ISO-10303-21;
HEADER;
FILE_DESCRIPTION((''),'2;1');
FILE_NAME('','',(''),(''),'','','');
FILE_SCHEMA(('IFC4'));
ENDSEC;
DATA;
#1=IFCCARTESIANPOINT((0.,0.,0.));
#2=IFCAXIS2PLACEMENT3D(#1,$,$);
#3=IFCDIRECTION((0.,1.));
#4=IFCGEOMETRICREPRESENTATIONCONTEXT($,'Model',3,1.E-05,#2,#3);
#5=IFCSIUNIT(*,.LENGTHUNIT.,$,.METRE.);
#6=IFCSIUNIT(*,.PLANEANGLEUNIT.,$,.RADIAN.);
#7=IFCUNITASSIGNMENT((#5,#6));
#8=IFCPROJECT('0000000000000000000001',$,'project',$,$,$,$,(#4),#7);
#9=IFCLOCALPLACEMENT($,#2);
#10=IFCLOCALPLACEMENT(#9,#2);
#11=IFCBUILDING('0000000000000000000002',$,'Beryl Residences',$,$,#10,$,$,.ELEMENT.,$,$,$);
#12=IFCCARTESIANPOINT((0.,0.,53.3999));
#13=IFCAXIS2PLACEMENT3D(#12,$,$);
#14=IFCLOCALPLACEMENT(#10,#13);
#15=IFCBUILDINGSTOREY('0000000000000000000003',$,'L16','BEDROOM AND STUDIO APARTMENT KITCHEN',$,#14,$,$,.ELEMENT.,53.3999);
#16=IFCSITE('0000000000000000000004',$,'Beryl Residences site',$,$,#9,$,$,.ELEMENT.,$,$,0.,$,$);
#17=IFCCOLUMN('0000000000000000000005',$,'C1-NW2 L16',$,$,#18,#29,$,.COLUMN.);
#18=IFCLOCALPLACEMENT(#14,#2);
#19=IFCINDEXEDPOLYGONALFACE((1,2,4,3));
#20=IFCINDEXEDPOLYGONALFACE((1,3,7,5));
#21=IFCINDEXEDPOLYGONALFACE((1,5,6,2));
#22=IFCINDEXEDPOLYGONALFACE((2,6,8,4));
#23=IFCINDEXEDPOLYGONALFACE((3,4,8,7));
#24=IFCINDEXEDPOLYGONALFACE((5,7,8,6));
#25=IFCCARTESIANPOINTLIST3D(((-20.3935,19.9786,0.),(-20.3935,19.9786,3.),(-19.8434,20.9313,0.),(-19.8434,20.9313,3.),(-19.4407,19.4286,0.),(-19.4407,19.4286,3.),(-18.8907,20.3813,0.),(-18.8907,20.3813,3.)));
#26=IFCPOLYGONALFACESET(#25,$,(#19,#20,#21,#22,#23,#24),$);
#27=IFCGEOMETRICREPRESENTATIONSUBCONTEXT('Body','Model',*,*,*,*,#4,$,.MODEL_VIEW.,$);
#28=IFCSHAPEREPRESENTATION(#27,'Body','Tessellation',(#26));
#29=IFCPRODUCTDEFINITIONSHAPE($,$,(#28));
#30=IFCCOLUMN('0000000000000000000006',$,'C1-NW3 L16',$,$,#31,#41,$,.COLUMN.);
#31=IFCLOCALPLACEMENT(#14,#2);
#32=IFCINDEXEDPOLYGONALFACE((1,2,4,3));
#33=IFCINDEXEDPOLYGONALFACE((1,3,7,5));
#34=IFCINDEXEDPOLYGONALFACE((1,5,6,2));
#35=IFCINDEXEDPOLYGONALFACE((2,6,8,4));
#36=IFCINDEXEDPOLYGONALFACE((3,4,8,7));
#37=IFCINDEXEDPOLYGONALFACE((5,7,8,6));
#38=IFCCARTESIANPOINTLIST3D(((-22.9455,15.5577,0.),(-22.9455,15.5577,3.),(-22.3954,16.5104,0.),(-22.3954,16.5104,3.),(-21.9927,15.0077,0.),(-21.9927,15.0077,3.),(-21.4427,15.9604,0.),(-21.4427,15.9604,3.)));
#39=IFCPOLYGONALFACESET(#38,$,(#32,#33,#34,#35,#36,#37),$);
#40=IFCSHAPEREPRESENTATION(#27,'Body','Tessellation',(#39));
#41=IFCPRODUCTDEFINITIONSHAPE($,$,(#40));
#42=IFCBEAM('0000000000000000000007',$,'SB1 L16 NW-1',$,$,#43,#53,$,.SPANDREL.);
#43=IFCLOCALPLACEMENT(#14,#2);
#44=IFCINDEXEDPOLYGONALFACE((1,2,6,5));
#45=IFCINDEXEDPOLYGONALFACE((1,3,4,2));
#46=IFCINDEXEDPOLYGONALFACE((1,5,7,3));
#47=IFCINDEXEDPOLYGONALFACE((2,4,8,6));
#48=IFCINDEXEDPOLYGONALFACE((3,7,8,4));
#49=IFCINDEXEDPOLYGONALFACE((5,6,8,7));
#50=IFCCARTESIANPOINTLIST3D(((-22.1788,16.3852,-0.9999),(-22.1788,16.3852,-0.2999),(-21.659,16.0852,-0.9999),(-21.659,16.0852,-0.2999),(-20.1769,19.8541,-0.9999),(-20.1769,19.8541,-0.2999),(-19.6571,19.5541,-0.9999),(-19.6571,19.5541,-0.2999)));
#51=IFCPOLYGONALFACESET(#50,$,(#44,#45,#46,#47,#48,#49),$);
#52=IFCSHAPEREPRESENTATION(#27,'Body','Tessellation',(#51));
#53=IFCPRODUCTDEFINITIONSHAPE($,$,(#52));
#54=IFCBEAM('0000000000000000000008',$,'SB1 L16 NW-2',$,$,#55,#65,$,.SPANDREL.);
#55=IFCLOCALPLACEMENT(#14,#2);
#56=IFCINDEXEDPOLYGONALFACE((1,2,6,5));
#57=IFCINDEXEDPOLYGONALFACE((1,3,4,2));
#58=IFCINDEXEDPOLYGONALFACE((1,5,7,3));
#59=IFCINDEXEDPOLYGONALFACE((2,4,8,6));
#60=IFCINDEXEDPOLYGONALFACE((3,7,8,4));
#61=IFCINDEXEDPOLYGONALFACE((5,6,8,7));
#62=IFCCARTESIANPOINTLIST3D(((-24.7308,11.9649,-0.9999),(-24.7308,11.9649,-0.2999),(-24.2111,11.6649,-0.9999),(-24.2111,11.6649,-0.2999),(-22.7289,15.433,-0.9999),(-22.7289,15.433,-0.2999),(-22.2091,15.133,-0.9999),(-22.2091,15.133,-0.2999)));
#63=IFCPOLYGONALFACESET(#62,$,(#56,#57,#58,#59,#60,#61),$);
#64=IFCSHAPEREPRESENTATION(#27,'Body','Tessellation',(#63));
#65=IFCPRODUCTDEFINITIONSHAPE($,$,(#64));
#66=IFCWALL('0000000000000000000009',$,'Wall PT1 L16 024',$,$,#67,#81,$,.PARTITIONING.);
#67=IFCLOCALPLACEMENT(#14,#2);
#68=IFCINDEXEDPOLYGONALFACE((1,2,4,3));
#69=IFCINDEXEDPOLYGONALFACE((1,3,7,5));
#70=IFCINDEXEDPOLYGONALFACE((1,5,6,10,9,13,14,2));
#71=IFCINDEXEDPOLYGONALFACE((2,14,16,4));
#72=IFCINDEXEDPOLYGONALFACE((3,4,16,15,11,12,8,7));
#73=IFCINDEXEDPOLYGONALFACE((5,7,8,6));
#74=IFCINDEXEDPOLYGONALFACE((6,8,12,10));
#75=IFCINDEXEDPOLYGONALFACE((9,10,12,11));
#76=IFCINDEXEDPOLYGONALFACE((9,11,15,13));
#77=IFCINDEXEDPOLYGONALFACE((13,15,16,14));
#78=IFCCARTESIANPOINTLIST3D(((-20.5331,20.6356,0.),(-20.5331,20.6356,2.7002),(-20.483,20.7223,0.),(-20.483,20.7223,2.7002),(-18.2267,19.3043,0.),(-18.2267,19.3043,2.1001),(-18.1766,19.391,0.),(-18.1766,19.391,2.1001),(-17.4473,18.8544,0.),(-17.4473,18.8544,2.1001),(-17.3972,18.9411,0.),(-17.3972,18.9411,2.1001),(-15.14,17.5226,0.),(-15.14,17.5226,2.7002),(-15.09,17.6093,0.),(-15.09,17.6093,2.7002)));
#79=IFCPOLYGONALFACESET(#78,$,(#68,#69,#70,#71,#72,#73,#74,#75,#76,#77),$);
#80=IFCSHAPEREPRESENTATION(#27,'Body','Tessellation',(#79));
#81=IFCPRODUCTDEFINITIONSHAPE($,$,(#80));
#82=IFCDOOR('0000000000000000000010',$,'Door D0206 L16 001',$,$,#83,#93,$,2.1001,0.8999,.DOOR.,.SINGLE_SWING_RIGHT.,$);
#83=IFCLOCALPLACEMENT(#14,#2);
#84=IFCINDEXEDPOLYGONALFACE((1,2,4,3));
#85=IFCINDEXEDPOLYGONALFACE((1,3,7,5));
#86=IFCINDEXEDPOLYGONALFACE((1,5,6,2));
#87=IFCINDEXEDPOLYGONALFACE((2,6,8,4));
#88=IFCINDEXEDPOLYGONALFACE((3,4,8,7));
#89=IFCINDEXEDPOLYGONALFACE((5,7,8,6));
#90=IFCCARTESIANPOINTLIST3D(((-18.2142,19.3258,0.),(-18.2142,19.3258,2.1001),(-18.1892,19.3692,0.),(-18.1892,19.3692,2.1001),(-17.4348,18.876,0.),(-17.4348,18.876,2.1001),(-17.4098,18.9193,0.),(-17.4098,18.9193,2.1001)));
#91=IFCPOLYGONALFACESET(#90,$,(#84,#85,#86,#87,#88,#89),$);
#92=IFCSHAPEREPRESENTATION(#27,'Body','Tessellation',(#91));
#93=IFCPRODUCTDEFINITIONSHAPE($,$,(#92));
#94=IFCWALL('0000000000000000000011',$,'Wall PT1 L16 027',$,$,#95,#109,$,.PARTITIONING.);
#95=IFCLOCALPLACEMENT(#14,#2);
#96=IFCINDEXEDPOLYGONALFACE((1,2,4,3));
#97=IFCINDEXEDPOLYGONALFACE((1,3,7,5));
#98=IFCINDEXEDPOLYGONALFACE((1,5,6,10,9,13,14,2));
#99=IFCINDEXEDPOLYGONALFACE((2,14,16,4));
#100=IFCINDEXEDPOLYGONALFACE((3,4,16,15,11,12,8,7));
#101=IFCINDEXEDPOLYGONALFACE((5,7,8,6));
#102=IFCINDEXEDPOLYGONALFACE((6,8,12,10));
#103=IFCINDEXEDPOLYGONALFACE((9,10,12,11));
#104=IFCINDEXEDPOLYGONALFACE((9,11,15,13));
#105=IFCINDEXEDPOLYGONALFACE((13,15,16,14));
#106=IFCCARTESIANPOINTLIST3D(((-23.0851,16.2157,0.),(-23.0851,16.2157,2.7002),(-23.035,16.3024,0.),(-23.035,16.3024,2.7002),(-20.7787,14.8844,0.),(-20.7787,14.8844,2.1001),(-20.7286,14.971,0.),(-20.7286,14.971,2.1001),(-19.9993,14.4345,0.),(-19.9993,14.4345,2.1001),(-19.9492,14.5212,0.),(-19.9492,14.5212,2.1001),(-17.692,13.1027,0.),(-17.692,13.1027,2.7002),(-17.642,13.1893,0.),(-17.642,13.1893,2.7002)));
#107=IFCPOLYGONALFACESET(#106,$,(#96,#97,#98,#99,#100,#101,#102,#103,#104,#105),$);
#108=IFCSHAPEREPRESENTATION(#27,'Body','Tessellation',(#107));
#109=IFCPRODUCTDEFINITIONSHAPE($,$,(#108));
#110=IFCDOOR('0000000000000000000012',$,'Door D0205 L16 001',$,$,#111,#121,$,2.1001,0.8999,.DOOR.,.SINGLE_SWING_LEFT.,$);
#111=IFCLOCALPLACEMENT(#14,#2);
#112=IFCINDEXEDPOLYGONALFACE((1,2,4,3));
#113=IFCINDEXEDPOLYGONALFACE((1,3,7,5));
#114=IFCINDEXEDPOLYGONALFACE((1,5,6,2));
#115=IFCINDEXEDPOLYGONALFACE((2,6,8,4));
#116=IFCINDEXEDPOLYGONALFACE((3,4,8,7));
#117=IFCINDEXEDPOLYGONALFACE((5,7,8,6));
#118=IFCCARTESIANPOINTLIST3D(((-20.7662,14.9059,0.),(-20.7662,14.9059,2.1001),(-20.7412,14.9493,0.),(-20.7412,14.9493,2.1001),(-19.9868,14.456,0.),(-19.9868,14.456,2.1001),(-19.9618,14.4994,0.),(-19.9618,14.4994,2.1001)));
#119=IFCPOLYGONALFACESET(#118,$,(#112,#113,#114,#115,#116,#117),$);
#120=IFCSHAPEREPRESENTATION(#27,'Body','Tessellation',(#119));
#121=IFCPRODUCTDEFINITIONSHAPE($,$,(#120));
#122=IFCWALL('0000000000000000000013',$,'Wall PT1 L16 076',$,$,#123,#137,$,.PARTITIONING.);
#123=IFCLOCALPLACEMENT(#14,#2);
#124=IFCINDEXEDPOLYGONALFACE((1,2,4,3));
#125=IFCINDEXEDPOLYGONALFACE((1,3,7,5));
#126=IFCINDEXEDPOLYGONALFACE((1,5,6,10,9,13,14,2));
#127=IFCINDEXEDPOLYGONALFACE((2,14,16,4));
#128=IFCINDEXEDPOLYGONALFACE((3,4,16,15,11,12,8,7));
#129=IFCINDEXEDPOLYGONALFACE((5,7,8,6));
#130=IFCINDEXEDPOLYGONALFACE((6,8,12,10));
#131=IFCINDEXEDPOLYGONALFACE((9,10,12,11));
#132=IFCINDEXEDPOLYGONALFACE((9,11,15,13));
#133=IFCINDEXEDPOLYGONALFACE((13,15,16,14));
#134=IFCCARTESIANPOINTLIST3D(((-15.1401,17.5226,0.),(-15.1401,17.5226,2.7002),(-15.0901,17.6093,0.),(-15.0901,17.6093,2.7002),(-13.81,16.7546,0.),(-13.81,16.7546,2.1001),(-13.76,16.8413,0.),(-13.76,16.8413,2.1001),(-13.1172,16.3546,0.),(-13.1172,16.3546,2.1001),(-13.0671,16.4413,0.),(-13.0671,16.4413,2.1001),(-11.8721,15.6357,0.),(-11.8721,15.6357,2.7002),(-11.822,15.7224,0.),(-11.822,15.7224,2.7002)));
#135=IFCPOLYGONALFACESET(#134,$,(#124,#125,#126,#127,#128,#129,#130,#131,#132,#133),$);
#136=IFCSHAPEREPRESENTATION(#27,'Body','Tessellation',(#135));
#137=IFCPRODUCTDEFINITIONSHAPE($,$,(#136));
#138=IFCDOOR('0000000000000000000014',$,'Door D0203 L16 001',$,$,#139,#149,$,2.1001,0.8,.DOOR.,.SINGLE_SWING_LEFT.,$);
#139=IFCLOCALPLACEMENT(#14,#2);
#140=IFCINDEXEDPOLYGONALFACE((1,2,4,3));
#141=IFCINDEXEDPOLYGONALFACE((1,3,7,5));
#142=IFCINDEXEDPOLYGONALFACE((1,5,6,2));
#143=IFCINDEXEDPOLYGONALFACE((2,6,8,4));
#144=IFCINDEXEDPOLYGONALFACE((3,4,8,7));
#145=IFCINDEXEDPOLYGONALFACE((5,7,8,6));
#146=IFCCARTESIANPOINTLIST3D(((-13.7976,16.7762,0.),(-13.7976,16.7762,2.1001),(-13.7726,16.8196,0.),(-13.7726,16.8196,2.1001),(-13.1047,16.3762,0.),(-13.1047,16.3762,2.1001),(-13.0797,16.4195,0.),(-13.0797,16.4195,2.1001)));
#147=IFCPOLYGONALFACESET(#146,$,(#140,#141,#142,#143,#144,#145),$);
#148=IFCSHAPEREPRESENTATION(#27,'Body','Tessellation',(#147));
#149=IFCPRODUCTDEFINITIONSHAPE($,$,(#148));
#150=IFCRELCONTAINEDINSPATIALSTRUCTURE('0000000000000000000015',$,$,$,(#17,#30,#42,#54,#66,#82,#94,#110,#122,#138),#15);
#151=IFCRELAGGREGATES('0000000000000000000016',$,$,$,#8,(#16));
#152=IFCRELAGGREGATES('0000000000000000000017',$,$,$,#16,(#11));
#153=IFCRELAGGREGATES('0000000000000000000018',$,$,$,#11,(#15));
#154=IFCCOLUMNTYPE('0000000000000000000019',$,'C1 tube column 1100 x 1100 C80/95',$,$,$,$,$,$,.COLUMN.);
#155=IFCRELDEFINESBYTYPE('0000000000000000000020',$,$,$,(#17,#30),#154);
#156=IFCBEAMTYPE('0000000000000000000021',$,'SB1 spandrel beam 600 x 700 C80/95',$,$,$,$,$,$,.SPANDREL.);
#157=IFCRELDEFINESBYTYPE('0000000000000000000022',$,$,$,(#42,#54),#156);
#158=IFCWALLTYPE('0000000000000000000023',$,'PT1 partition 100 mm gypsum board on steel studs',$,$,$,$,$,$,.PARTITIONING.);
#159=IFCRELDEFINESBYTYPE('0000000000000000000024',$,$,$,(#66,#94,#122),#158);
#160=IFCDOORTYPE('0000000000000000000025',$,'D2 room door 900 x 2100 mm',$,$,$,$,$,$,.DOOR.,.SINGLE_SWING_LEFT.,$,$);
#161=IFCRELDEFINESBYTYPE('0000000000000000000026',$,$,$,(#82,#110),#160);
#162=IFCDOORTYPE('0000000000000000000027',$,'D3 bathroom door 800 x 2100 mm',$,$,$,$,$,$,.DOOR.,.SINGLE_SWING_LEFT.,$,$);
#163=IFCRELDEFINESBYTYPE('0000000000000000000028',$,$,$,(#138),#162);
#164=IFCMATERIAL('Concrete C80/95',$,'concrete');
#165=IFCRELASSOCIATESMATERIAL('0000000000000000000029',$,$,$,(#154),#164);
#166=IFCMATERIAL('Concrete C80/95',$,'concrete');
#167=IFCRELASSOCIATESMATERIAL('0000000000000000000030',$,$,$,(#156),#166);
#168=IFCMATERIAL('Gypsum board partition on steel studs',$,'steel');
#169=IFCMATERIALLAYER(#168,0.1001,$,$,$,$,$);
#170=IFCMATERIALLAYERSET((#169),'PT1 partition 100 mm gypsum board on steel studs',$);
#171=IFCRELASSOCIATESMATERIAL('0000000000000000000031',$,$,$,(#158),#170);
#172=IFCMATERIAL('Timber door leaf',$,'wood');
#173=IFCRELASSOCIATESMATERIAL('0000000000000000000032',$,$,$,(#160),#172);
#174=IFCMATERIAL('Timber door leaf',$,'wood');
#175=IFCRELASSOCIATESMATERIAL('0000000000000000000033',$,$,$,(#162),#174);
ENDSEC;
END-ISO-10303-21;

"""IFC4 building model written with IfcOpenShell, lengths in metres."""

from ifc_helpers import new_model, si_unit, direction, frame, frame_2d, origin, origin_2d, place, context, subcontext, project, spatial, rectangle, extrude, material, layer, layer_set, material_profile, profile_set, type_object, element, fill, save


model = new_model("IFC4")

# Units and contexts
model_context = context("Model", 3, precision=1e-05, world=origin(), true_north=direction((0.0, 1.0)))
body_context = subcontext(model_context, "Body", "Model", "MODEL_VIEW")
ifc_project = project(units=[si_unit("LENGTHUNIT", "METRE"), si_unit("PLANEANGLEUNIT", "RADIAN")], contexts=[model_context])

# Site, building, storey
site_placement = place(None, origin())
site = spatial("IfcSite", under=ifc_project, at=site_placement, Name="Beryl Residences site", CompositionType="ELEMENT", RefElevation=0.0)
building_placement = place(site_placement, origin())
building = spatial("IfcBuilding", under=site, at=building_placement, Name="Beryl Residences", CompositionType="ELEMENT")
storey_placement = place(building_placement, frame((0.0, 0.0, 53.3999)))
storey = spatial("IfcBuildingStorey", under=building, at=storey_placement, Name="L16", Description="BEDROOM AND STUDIO APARTMENT KITCHEN", CompositionType="ELEMENT", Elevation=53.3999)

# Columns
ifc_material_1 = material(Name="Concrete C80/95", Category="concrete")
ifc_material_profile_1 = material_profile(ifc_material_1, rectangle(XDim=1.1001, YDim=1.1001, at=origin_2d()))
ifc_profile_set_1 = profile_set([ifc_material_profile_1], Name="Concrete C80/95")
column_type = type_object("IfcColumnType", Name="C1 tube column 1100 x 1100 C80/95", PredefinedType="COLUMN", material=ifc_profile_set_1)
for number, where, z_axis, x_axis, name in (
    (1, (-19.6421, 20.1799, 0.0), (0.0, 0.0, 1.0), (-0.499985, -0.866034, 0.0), "C1-NW2 L16"),
    (2, (-22.1941, 15.759, 0.0), (0.0, 0.0, 1.0), (-0.499985, -0.866034, 0.0), "C1-NW3 L16"),
):
    element("IfcColumn", number, at=place(storey_placement, frame(where, z_axis=z_axis, x_axis=x_axis)), inside=storey, type_object=column_type, Name=name, PredefinedType="COLUMN", context=body_context, shape_type="SweptSolid", body=[
        extrude(rectangle(XDim=1.1001, YDim=1.1001, at=origin_2d()), origin(), (0.0, 0.0, 1.0), 3.0),
    ])

# Beams
ifc_material_2 = material(Name="Concrete C80/95", Category="concrete")
ifc_material_profile_2 = material_profile(ifc_material_2, rectangle(XDim=0.6001, YDim=0.7, at=origin_2d()))
ifc_profile_set_2 = profile_set([ifc_material_profile_2], Name="Concrete C80/95")
beam_type = type_object("IfcBeamType", Name="SB1 spandrel beam 600 x 700 C80/95", PredefinedType="SPANDREL", material=ifc_profile_set_2)
beam_1_placement = place(storey_placement, frame((-19.917, 19.7041, -0.6499), z_axis=(-0.499837, -0.86612, 0.0), x_axis=(0.86612, -0.499837, 0.0)))
element("IfcBeam", 3, at=beam_1_placement, inside=storey, type_object=beam_type, Name="SB1 L16 NW-1", PredefinedType="SPANDREL", context=body_context, shape_type="SweptSolid", body=[
    extrude(rectangle(XDim=0.6001, YDim=0.7, at=origin_2d()), origin(), (0.0, 0.0, 1.0), 4.0051),
])
beam_2_placement = place(storey_placement, frame((-22.469, 15.283, -0.6499), z_axis=(-0.499942, -0.866059, 0.0), x_axis=(0.866059, -0.499942, 0.0)))
element("IfcBeam", 4, at=beam_2_placement, inside=storey, type_object=beam_type, Name="SB1 L16 NW-2", PredefinedType="SPANDREL", context=body_context, shape_type="SweptSolid", body=[
    extrude(rectangle(XDim=0.6001, YDim=0.7, at=origin_2d()), origin(), (0.0, 0.0, 1.0), 4.0044),
])

# Walls, openings, doors
ifc_material_3 = material(Name="Gypsum board partition on steel studs", Category="steel")
ifc_layer = layer(ifc_material_3, 0.1001)
ifc_layer_set = layer_set([ifc_layer], Name="PT1 partition 100 mm gypsum board on steel studs")
wall_type = type_object("IfcWallType", Name="PT1 partition 100 mm gypsum board on steel studs", PredefinedType="PARTITIONING", material=ifc_layer_set)
wall_1_placement = place(storey_placement, frame((-20.5081, 20.679, 0.0), z_axis=(0.0, 0.0, 1.0), x_axis=(0.866071, -0.499922, 0.0)))
wall_1 = element("IfcWall", 5, at=wall_1_placement, inside=storey, type_object=wall_type, Name="Wall PT1 L16 024", PredefinedType="PARTITIONING", context=body_context, shape_type="SweptSolid", body=[
    extrude(rectangle(XDim=6.2271, YDim=0.1001, at=frame_2d((3.1135, 0.0))), origin(), (0.0, 0.0, 1.0), 2.7002),
])
opening_1_placement = place(wall_1_placement, frame((2.6631, 0.0, 0.0)))
opening_1 = element("IfcOpeningElement", 6, at=opening_1_placement, cuts=wall_1, PredefinedType="OPENING", context=body_context, shape_type="SweptSolid", body=[
    extrude(rectangle(XDim=0.8999, YDim=2.1001, at=frame_2d((0.45, 1.05))), frame((0.0, 0.0601, 0.0), z_axis=(0.0, -1.0, 0.0), x_axis=(1.0, 0.0, 0.0)), (0.0, 0.0, 1.0), 0.1201),
])
ifc_material_4 = material(Name="Timber door leaf", Category="wood")
door_type_1 = type_object("IfcDoorType", Name="D2 room door 900 x 2100 mm", OperationType="SINGLE_SWING_LEFT", PredefinedType="DOOR", material=ifc_material_4)
door_1_placement = place(opening_1_placement, origin())
door_1 = element("IfcDoor", 7, at=door_1_placement, inside=storey, type_object=door_type_1, Name="Door D0206 L16 001", OperationType="SINGLE_SWING_RIGHT", OverallHeight=2.1001, OverallWidth=0.8999, PredefinedType="DOOR", context=body_context, shape_type="SweptSolid", body=[
    extrude(rectangle(XDim=0.8999, YDim=2.1001, at=frame_2d((0.45, 1.05))), frame((0.0, 0.0249, 0.0), z_axis=(0.0, -1.0, 0.0), x_axis=(1.0, 0.0, 0.0)), (0.0, 0.0, 1.0), 0.05),
])
fill(opening_1, door_1)
wall_2_placement = place(storey_placement, frame((-23.0601, 16.259, 0.0), z_axis=(0.0, 0.0, 1.0), x_axis=(0.866071, -0.499922, 0.0)))
wall_2 = element("IfcWall", 8, at=wall_2_placement, inside=storey, type_object=wall_type, Name="Wall PT1 L16 027", PredefinedType="PARTITIONING", context=body_context, shape_type="SweptSolid", body=[
    extrude(rectangle(XDim=6.2271, YDim=0.1001, at=frame_2d((3.1135, 0.0))), origin(), (0.0, 0.0, 1.0), 2.7002),
])
opening_2_placement = place(wall_2_placement, frame((2.6631, 0.0, 0.0)))
opening_2 = element("IfcOpeningElement", 9, at=opening_2_placement, cuts=wall_2, PredefinedType="OPENING", context=body_context, shape_type="SweptSolid", body=[
    extrude(rectangle(XDim=0.8999, YDim=2.1001, at=frame_2d((0.45, 1.05))), frame((0.0, 0.0601, 0.0), z_axis=(0.0, -1.0, 0.0), x_axis=(1.0, 0.0, 0.0)), (0.0, 0.0, 1.0), 0.1201),
])
door_2_placement = place(opening_2_placement, origin())
door_2 = element("IfcDoor", 10, at=door_2_placement, inside=storey, type_object=door_type_1, Name="Door D0205 L16 001", OperationType="SINGLE_SWING_LEFT", OverallHeight=2.1001, OverallWidth=0.8999, PredefinedType="DOOR", context=body_context, shape_type="SweptSolid", body=[
    extrude(rectangle(XDim=0.8999, YDim=2.1001, at=frame_2d((0.45, 1.05))), frame((0.0, 0.0249, 0.0), z_axis=(0.0, -1.0, 0.0), x_axis=(1.0, 0.0, 0.0)), (0.0, 0.0, 1.0), 0.05),
])
fill(opening_2, door_2)
wall_3_placement = place(storey_placement, frame((-15.115, 17.5659, 0.0), z_axis=(0.0, 0.0, 1.0), x_axis=(0.866009, -0.500029, 0.0)))
wall_3 = element("IfcWall", 11, at=wall_3_placement, inside=storey, type_object=wall_type, Name="Wall PT1 L16 076", PredefinedType="PARTITIONING", context=body_context, shape_type="SweptSolid", body=[
    extrude(rectangle(XDim=3.7737, YDim=0.1001, at=frame_2d((1.8867, 0.0))), origin(), (0.0, 0.0, 1.0), 2.7002),
])
opening_3_placement = place(wall_3_placement, frame((1.5359, 0.0, 0.0)))
opening_3 = element("IfcOpeningElement", 12, at=opening_3_placement, cuts=wall_3, PredefinedType="OPENING", context=body_context, shape_type="SweptSolid", body=[
    extrude(rectangle(XDim=0.8, YDim=2.1001, at=frame_2d((0.3999, 1.05))), frame((0.0, 0.0601, 0.0), z_axis=(0.0, -1.0, 0.0), x_axis=(1.0, 0.0, 0.0)), (0.0, 0.0, 1.0), 0.1201),
])
ifc_material_5 = material(Name="Timber door leaf", Category="wood")
door_type_2 = type_object("IfcDoorType", Name="D3 bathroom door 800 x 2100 mm", OperationType="SINGLE_SWING_LEFT", PredefinedType="DOOR", material=ifc_material_5)
door_3_placement = place(opening_3_placement, origin())
door_3 = element("IfcDoor", 13, at=door_3_placement, inside=storey, type_object=door_type_2, Name="Door D0203 L16 001", OperationType="SINGLE_SWING_LEFT", OverallHeight=2.1001, OverallWidth=0.8, PredefinedType="DOOR", context=body_context, shape_type="SweptSolid", body=[
    extrude(rectangle(XDim=0.8, YDim=2.1001, at=frame_2d((0.3999, 1.05))), frame((0.0, 0.0249, 0.0), z_axis=(0.0, -1.0, 0.0), x_axis=(1.0, 0.0, 0.0)), (0.0, 0.0, 1.0), 0.05),
])
fill(opening_3, door_3)

save(model, "model.ifc")
